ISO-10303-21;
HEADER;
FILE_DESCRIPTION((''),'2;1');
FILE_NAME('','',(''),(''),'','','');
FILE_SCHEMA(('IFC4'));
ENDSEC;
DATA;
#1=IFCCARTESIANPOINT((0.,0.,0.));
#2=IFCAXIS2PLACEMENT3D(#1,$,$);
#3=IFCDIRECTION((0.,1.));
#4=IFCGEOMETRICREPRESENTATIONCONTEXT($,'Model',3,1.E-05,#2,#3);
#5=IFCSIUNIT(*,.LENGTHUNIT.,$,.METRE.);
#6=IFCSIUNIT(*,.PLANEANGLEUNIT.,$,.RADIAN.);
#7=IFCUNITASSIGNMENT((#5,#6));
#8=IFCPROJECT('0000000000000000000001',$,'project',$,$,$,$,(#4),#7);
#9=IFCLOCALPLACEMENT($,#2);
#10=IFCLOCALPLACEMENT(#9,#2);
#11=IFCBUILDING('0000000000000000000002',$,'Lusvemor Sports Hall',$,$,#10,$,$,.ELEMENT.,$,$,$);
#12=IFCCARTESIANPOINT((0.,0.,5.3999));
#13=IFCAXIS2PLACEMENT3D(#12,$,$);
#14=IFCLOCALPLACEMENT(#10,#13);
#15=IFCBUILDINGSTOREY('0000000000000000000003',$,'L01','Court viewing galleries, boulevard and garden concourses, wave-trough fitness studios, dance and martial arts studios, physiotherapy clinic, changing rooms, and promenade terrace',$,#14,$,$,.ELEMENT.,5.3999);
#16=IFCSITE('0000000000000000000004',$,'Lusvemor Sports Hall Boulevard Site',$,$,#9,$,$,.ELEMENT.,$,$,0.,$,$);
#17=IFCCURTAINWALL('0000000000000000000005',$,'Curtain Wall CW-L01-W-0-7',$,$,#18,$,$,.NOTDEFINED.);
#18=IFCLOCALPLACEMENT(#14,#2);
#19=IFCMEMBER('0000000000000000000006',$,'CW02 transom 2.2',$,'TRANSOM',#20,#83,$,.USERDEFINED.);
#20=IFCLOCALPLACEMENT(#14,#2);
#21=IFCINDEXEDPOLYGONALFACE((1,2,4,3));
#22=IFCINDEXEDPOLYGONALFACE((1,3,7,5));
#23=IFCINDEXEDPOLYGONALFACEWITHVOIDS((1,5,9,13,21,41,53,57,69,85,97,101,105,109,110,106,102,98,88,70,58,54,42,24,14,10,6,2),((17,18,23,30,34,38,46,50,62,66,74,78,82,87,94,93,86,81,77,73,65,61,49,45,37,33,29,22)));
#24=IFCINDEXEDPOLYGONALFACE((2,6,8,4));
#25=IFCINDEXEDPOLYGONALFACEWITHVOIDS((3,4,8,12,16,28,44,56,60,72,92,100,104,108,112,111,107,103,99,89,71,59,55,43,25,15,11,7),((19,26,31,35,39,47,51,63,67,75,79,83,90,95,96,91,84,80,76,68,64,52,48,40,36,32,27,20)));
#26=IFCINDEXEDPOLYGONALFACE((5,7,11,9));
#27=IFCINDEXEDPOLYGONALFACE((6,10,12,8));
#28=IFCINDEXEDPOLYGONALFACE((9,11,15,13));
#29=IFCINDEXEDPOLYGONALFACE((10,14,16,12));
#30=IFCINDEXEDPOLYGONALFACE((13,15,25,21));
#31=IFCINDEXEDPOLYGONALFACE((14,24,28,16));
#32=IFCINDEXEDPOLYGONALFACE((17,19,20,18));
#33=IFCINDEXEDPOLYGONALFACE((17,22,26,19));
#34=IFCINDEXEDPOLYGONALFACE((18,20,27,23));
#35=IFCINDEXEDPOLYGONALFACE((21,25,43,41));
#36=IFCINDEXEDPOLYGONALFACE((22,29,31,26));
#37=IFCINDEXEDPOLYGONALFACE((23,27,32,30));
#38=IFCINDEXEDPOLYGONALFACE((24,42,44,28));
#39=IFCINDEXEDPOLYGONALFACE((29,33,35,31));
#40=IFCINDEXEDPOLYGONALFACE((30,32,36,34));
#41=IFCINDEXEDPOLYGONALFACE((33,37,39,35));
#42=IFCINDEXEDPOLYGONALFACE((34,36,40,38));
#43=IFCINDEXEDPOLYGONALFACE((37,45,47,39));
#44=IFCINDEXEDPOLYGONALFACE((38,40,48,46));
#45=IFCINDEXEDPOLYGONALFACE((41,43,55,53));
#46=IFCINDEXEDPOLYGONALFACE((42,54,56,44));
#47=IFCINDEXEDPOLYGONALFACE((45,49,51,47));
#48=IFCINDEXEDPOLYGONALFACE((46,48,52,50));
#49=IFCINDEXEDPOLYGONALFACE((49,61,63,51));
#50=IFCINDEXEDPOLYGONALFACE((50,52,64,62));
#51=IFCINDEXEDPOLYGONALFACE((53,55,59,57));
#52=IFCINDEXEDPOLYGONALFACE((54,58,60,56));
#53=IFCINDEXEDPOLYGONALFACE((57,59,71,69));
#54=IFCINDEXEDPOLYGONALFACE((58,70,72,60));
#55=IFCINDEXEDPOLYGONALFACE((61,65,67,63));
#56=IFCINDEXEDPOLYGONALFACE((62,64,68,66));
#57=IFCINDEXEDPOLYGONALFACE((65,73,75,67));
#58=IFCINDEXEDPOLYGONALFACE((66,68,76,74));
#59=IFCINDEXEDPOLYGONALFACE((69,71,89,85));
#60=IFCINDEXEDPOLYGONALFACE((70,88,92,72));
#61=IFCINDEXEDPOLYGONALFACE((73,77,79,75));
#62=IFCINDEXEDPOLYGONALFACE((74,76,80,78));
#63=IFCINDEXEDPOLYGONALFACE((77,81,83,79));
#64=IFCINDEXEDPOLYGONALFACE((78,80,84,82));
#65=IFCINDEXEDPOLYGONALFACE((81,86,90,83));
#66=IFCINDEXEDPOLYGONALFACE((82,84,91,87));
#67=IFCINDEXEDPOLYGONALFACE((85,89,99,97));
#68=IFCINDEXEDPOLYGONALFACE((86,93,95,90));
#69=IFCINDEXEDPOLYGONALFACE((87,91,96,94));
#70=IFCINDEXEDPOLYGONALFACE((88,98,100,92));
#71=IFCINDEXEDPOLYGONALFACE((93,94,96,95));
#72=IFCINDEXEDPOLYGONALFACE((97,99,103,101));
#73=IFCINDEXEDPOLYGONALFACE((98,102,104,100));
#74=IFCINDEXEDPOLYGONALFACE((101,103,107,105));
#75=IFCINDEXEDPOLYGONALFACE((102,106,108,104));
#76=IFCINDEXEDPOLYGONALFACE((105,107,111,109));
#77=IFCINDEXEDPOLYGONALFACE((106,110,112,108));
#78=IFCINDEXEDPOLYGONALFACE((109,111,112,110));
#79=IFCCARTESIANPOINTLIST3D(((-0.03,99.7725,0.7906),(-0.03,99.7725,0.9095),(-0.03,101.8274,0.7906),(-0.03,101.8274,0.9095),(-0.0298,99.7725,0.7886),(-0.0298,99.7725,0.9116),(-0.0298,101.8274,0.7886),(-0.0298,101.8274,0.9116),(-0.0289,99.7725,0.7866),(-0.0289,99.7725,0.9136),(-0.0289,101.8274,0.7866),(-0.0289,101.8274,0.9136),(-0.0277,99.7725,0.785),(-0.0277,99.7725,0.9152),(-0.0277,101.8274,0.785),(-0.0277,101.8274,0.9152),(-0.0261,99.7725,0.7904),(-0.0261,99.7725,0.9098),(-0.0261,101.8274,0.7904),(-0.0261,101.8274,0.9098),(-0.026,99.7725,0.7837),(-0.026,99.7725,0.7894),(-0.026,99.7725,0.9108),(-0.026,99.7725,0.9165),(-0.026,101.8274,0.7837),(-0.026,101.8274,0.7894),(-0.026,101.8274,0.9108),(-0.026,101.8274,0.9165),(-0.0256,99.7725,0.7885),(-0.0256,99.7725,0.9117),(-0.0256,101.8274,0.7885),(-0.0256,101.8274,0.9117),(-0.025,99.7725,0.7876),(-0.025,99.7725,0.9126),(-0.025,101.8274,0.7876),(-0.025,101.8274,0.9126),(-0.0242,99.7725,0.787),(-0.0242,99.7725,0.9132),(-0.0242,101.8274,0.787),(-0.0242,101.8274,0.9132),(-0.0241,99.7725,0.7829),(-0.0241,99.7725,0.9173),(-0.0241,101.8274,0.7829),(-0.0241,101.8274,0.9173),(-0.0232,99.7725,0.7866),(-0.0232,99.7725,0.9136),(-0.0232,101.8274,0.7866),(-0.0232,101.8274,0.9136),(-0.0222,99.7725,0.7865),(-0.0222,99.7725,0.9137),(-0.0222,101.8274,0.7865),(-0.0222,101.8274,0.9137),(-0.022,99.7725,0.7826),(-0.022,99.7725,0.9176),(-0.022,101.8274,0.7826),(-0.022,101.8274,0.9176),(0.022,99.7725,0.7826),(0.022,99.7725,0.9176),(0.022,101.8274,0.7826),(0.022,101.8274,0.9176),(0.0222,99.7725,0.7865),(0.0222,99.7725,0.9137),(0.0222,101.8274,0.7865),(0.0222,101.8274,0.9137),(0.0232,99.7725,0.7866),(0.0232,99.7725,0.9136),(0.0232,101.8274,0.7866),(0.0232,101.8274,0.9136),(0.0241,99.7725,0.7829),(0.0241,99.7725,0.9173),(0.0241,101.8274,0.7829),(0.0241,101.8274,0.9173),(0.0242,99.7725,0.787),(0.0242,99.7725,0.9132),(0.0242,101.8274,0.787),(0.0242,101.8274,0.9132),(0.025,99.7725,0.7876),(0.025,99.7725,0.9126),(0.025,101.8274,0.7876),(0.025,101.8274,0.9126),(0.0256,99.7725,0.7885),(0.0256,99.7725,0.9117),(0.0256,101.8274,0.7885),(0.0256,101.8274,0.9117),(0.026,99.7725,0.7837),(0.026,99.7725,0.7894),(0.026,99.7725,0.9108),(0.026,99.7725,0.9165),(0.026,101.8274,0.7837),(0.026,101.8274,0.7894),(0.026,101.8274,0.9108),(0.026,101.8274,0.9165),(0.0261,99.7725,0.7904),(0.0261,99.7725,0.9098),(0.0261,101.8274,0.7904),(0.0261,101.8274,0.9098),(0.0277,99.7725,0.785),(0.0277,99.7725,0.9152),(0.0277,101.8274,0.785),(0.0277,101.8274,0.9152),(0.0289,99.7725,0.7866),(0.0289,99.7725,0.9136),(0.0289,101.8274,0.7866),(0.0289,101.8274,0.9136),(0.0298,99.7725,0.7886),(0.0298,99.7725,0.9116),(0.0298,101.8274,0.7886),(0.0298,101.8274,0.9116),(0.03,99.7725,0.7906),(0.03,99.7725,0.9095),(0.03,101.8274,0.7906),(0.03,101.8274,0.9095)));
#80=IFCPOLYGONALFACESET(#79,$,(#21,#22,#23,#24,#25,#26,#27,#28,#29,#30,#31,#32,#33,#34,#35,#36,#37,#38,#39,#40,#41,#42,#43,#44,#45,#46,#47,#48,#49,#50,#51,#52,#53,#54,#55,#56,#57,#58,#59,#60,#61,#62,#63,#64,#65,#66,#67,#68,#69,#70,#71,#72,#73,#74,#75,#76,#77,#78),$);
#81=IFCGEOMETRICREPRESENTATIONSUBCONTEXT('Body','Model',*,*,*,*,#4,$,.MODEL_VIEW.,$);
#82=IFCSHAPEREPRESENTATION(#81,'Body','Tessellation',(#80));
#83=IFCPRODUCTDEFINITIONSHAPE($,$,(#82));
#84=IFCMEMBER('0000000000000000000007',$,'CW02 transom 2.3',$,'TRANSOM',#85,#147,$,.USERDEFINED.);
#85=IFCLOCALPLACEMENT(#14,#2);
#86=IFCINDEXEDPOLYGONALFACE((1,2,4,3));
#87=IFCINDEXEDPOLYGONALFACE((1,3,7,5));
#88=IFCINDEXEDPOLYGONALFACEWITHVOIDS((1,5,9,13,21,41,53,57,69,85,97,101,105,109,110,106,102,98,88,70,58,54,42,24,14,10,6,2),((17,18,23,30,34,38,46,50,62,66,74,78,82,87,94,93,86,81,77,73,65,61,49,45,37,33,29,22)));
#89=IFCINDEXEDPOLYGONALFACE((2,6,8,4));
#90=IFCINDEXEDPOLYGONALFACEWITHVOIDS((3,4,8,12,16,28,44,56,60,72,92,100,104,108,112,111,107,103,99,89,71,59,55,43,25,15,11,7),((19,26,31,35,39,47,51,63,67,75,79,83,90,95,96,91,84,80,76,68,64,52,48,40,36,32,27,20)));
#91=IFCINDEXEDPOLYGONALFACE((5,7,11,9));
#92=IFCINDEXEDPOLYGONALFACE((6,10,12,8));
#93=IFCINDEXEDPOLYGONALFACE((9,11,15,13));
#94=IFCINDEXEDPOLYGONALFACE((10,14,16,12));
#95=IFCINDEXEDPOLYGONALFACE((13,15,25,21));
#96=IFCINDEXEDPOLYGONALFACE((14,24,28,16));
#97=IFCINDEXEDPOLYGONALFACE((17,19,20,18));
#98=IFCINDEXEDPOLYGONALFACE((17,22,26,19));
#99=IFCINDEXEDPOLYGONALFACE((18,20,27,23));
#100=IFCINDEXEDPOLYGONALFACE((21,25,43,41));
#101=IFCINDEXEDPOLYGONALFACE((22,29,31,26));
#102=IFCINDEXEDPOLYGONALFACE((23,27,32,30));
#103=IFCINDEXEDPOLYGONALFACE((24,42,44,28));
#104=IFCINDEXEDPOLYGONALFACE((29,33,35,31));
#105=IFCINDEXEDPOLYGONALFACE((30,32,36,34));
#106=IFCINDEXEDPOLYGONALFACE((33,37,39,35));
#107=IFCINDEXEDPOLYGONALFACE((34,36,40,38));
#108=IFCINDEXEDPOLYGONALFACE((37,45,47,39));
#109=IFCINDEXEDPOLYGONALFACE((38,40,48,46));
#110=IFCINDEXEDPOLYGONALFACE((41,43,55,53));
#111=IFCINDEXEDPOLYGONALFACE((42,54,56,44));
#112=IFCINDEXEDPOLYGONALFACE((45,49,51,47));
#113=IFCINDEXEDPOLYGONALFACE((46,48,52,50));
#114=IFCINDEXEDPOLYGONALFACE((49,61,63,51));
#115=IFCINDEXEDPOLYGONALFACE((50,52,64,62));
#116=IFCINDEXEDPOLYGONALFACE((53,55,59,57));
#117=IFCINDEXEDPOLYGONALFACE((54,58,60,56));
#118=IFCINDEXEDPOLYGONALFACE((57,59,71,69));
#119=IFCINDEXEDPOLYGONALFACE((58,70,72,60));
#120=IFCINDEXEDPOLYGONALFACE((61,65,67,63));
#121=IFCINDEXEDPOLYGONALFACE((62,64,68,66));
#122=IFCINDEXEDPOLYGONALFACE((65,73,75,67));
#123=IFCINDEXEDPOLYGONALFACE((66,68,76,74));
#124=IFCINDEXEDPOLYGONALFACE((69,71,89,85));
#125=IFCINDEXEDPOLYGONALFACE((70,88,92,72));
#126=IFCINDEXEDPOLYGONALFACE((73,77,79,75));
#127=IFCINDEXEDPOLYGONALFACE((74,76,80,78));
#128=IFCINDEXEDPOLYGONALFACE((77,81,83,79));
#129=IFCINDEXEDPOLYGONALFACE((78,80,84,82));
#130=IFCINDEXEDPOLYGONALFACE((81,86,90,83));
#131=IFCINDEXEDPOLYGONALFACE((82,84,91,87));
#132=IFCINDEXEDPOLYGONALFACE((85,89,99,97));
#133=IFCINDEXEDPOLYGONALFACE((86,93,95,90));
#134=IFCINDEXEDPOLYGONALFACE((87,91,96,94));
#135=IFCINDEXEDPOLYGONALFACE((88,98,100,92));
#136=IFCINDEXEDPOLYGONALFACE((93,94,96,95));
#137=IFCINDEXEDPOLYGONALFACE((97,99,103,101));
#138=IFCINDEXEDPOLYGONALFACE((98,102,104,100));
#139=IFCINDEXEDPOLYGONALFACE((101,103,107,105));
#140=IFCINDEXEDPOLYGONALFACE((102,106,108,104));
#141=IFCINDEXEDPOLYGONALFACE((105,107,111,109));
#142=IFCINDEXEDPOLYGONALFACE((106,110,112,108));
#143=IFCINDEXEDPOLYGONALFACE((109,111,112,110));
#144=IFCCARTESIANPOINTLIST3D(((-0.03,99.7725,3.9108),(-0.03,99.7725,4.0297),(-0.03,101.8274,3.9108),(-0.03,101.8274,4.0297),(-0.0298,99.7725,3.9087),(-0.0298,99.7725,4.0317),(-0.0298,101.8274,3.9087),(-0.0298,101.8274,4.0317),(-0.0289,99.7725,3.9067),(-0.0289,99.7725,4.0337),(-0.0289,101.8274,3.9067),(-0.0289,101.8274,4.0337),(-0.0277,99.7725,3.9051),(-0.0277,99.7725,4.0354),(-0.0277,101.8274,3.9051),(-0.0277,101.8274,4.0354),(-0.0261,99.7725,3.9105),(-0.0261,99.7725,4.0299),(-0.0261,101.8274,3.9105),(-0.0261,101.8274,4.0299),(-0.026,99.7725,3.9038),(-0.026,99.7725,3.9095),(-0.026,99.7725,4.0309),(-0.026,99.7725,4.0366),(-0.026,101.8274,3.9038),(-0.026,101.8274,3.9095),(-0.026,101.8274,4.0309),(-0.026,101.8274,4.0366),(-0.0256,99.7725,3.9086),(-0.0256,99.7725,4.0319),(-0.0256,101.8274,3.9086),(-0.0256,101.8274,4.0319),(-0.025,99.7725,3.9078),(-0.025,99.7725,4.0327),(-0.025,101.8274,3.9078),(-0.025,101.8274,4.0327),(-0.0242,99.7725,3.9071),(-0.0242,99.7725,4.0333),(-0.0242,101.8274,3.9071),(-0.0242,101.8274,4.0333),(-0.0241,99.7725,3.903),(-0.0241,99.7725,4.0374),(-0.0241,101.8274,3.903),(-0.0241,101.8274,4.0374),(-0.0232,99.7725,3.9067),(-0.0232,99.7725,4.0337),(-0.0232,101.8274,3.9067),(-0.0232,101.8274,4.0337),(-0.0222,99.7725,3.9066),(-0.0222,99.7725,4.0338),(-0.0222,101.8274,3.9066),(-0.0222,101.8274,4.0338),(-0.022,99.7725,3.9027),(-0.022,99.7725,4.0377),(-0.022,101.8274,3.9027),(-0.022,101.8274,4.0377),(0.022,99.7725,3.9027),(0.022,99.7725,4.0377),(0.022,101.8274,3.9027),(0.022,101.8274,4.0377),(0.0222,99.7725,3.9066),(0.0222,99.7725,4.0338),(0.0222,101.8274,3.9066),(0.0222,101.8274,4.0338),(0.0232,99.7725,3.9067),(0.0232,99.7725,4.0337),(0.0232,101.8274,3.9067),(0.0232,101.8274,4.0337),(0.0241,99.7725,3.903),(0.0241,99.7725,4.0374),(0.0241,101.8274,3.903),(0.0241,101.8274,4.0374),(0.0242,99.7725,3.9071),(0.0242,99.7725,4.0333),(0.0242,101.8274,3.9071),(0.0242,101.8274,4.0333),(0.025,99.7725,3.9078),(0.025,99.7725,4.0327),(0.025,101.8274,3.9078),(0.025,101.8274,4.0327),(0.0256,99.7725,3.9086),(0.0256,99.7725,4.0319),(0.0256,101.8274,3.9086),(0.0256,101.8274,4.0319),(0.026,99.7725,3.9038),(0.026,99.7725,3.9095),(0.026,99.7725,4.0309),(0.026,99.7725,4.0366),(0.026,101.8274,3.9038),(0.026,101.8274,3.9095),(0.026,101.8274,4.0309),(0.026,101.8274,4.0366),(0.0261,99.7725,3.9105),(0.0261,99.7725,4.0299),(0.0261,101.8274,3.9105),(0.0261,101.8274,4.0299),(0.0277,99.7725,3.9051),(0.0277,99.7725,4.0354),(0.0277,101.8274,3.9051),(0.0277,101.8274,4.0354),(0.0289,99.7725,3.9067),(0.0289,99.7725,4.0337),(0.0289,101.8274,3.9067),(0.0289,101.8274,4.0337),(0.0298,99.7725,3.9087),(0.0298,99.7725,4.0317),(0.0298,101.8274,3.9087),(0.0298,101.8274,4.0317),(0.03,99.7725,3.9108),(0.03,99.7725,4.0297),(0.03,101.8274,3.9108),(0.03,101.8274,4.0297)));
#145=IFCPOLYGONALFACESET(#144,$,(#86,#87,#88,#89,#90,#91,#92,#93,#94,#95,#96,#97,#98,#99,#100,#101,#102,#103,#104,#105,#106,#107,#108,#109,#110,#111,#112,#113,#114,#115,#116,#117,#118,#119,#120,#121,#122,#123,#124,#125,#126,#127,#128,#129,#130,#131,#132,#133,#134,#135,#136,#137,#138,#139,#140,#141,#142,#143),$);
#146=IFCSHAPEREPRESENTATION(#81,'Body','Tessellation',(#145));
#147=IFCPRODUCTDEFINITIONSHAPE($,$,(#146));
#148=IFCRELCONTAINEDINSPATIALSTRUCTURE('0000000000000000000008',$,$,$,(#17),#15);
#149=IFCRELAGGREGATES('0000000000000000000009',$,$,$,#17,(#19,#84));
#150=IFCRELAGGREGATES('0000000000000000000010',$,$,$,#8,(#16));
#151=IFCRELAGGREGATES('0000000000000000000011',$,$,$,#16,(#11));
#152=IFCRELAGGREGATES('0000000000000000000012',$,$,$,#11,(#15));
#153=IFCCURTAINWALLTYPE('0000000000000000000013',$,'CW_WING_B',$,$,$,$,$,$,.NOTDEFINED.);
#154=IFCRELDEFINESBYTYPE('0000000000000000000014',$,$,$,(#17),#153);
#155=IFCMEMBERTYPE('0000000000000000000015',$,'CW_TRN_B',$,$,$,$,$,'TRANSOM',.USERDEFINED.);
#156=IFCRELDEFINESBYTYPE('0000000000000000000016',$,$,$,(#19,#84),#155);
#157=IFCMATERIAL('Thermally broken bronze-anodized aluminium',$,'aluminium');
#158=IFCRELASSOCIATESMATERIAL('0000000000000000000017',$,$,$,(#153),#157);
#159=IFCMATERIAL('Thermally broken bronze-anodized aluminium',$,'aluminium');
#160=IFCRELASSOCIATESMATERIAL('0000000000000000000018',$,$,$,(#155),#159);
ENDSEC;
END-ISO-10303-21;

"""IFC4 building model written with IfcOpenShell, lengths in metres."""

from ifc_helpers import new_model, si_unit, direction, frame, origin, origin_2d, place, context, subcontext, project, spatial, hollow_rectangle, extrude, material, material_profile, profile_set, type_object, element, aggregate, save


model = new_model("IFC4")

# Units and contexts
model_context = context("Model", 3, precision=1e-05, world=origin(), true_north=direction((0.0, 1.0)))
body_context = subcontext(model_context, "Body", "Model", "MODEL_VIEW")
ifc_project = project(units=[si_unit("LENGTHUNIT", "METRE"), si_unit("PLANEANGLEUNIT", "RADIAN")], contexts=[model_context])

# Site, building, storey
site_placement = place(None, origin())
site = spatial("IfcSite", under=ifc_project, at=site_placement, Name="Lusvemor Sports Hall Boulevard Site", CompositionType="ELEMENT", RefElevation=0.0)
building_placement = place(site_placement, origin())
building = spatial("IfcBuilding", under=site, at=building_placement, Name="Lusvemor Sports Hall", CompositionType="ELEMENT")
storey_placement = place(building_placement, frame((0.0, 0.0, 5.3999)))
storey = spatial("IfcBuildingStorey", under=building, at=storey_placement, Name="L01", Description="Court viewing galleries, boulevard and garden concourses, wave-trough fitness studios, dance and martial arts studios, physiotherapy clinic, changing rooms, and promenade terrace", CompositionType="ELEMENT", Elevation=5.3999)

# Curtain wall, members
ifc_material_1 = material(Name="Thermally broken bronze-anodized aluminium", Category="aluminium")
curtain_wall_type = type_object("IfcCurtainWallType", Name="CW_WING_B", PredefinedType="NOTDEFINED", material=ifc_material_1)
curtain_wall_placement = place(storey_placement, origin())
curtain_wall = element("IfcCurtainWall", 1, at=curtain_wall_placement, inside=storey, type_object=curtain_wall_type, Name="Curtain Wall CW-L01-W-0-7", PredefinedType="NOTDEFINED")
ifc_material_2 = material(Name="Thermally broken bronze-anodized aluminium", Category="aluminium")
ifc_material_profile_1 = material_profile(ifc_material_2, hollow_rectangle(XDim=0.0601, YDim=0.135, WallThickness=0.0039, InnerFilletRadius=0.0039, OuterFilletRadius=0.0081, at=origin_2d()), Name="CWTRN135x60x4")
ifc_profile_set_1 = profile_set([ifc_material_profile_1], Name="Thermally broken bronze-anodized aluminium")
member_type_1 = type_object("IfcMemberType", Name="CW_TRN_B", ElementType="TRANSOM", PredefinedType="USERDEFINED", material=ifc_profile_set_1)
member_1_placement = place(storey_placement, frame((0.0, 99.7725, 0.8501), z_axis=(0.0, 1.0, 0.0), x_axis=(-1.0, 0.0, 0.0)))
member_1 = element("IfcMember", 2, at=member_1_placement, type_object=member_type_1, Name="CW02 transom 2.2", ObjectType="TRANSOM", PredefinedType="USERDEFINED", context=body_context, shape_type="SweptSolid", body=[
    extrude(hollow_rectangle(XDim=0.0601, YDim=0.135, WallThickness=0.0039, InnerFilletRadius=0.0039, OuterFilletRadius=0.0081, at=origin_2d()), origin(), (0.0, 0.0, 1.0), 2.0549),
])
member_2_placement = place(storey_placement, frame((0.0, 99.7725, 3.9702), z_axis=(0.0, 1.0, 0.0), x_axis=(-1.0, 0.0, 0.0)))
member_2 = element("IfcMember", 3, at=member_2_placement, type_object=member_type_1, Name="CW02 transom 2.3", ObjectType="TRANSOM", PredefinedType="USERDEFINED", context=body_context, shape_type="SweptSolid", body=[
    extrude(hollow_rectangle(XDim=0.0601, YDim=0.135, WallThickness=0.0039, InnerFilletRadius=0.0039, OuterFilletRadius=0.0081, at=origin_2d()), origin(), (0.0, 0.0, 1.0), 2.0549),
])

aggregate(curtain_wall, [member_1, member_2])

save(model, "model.ifc")
